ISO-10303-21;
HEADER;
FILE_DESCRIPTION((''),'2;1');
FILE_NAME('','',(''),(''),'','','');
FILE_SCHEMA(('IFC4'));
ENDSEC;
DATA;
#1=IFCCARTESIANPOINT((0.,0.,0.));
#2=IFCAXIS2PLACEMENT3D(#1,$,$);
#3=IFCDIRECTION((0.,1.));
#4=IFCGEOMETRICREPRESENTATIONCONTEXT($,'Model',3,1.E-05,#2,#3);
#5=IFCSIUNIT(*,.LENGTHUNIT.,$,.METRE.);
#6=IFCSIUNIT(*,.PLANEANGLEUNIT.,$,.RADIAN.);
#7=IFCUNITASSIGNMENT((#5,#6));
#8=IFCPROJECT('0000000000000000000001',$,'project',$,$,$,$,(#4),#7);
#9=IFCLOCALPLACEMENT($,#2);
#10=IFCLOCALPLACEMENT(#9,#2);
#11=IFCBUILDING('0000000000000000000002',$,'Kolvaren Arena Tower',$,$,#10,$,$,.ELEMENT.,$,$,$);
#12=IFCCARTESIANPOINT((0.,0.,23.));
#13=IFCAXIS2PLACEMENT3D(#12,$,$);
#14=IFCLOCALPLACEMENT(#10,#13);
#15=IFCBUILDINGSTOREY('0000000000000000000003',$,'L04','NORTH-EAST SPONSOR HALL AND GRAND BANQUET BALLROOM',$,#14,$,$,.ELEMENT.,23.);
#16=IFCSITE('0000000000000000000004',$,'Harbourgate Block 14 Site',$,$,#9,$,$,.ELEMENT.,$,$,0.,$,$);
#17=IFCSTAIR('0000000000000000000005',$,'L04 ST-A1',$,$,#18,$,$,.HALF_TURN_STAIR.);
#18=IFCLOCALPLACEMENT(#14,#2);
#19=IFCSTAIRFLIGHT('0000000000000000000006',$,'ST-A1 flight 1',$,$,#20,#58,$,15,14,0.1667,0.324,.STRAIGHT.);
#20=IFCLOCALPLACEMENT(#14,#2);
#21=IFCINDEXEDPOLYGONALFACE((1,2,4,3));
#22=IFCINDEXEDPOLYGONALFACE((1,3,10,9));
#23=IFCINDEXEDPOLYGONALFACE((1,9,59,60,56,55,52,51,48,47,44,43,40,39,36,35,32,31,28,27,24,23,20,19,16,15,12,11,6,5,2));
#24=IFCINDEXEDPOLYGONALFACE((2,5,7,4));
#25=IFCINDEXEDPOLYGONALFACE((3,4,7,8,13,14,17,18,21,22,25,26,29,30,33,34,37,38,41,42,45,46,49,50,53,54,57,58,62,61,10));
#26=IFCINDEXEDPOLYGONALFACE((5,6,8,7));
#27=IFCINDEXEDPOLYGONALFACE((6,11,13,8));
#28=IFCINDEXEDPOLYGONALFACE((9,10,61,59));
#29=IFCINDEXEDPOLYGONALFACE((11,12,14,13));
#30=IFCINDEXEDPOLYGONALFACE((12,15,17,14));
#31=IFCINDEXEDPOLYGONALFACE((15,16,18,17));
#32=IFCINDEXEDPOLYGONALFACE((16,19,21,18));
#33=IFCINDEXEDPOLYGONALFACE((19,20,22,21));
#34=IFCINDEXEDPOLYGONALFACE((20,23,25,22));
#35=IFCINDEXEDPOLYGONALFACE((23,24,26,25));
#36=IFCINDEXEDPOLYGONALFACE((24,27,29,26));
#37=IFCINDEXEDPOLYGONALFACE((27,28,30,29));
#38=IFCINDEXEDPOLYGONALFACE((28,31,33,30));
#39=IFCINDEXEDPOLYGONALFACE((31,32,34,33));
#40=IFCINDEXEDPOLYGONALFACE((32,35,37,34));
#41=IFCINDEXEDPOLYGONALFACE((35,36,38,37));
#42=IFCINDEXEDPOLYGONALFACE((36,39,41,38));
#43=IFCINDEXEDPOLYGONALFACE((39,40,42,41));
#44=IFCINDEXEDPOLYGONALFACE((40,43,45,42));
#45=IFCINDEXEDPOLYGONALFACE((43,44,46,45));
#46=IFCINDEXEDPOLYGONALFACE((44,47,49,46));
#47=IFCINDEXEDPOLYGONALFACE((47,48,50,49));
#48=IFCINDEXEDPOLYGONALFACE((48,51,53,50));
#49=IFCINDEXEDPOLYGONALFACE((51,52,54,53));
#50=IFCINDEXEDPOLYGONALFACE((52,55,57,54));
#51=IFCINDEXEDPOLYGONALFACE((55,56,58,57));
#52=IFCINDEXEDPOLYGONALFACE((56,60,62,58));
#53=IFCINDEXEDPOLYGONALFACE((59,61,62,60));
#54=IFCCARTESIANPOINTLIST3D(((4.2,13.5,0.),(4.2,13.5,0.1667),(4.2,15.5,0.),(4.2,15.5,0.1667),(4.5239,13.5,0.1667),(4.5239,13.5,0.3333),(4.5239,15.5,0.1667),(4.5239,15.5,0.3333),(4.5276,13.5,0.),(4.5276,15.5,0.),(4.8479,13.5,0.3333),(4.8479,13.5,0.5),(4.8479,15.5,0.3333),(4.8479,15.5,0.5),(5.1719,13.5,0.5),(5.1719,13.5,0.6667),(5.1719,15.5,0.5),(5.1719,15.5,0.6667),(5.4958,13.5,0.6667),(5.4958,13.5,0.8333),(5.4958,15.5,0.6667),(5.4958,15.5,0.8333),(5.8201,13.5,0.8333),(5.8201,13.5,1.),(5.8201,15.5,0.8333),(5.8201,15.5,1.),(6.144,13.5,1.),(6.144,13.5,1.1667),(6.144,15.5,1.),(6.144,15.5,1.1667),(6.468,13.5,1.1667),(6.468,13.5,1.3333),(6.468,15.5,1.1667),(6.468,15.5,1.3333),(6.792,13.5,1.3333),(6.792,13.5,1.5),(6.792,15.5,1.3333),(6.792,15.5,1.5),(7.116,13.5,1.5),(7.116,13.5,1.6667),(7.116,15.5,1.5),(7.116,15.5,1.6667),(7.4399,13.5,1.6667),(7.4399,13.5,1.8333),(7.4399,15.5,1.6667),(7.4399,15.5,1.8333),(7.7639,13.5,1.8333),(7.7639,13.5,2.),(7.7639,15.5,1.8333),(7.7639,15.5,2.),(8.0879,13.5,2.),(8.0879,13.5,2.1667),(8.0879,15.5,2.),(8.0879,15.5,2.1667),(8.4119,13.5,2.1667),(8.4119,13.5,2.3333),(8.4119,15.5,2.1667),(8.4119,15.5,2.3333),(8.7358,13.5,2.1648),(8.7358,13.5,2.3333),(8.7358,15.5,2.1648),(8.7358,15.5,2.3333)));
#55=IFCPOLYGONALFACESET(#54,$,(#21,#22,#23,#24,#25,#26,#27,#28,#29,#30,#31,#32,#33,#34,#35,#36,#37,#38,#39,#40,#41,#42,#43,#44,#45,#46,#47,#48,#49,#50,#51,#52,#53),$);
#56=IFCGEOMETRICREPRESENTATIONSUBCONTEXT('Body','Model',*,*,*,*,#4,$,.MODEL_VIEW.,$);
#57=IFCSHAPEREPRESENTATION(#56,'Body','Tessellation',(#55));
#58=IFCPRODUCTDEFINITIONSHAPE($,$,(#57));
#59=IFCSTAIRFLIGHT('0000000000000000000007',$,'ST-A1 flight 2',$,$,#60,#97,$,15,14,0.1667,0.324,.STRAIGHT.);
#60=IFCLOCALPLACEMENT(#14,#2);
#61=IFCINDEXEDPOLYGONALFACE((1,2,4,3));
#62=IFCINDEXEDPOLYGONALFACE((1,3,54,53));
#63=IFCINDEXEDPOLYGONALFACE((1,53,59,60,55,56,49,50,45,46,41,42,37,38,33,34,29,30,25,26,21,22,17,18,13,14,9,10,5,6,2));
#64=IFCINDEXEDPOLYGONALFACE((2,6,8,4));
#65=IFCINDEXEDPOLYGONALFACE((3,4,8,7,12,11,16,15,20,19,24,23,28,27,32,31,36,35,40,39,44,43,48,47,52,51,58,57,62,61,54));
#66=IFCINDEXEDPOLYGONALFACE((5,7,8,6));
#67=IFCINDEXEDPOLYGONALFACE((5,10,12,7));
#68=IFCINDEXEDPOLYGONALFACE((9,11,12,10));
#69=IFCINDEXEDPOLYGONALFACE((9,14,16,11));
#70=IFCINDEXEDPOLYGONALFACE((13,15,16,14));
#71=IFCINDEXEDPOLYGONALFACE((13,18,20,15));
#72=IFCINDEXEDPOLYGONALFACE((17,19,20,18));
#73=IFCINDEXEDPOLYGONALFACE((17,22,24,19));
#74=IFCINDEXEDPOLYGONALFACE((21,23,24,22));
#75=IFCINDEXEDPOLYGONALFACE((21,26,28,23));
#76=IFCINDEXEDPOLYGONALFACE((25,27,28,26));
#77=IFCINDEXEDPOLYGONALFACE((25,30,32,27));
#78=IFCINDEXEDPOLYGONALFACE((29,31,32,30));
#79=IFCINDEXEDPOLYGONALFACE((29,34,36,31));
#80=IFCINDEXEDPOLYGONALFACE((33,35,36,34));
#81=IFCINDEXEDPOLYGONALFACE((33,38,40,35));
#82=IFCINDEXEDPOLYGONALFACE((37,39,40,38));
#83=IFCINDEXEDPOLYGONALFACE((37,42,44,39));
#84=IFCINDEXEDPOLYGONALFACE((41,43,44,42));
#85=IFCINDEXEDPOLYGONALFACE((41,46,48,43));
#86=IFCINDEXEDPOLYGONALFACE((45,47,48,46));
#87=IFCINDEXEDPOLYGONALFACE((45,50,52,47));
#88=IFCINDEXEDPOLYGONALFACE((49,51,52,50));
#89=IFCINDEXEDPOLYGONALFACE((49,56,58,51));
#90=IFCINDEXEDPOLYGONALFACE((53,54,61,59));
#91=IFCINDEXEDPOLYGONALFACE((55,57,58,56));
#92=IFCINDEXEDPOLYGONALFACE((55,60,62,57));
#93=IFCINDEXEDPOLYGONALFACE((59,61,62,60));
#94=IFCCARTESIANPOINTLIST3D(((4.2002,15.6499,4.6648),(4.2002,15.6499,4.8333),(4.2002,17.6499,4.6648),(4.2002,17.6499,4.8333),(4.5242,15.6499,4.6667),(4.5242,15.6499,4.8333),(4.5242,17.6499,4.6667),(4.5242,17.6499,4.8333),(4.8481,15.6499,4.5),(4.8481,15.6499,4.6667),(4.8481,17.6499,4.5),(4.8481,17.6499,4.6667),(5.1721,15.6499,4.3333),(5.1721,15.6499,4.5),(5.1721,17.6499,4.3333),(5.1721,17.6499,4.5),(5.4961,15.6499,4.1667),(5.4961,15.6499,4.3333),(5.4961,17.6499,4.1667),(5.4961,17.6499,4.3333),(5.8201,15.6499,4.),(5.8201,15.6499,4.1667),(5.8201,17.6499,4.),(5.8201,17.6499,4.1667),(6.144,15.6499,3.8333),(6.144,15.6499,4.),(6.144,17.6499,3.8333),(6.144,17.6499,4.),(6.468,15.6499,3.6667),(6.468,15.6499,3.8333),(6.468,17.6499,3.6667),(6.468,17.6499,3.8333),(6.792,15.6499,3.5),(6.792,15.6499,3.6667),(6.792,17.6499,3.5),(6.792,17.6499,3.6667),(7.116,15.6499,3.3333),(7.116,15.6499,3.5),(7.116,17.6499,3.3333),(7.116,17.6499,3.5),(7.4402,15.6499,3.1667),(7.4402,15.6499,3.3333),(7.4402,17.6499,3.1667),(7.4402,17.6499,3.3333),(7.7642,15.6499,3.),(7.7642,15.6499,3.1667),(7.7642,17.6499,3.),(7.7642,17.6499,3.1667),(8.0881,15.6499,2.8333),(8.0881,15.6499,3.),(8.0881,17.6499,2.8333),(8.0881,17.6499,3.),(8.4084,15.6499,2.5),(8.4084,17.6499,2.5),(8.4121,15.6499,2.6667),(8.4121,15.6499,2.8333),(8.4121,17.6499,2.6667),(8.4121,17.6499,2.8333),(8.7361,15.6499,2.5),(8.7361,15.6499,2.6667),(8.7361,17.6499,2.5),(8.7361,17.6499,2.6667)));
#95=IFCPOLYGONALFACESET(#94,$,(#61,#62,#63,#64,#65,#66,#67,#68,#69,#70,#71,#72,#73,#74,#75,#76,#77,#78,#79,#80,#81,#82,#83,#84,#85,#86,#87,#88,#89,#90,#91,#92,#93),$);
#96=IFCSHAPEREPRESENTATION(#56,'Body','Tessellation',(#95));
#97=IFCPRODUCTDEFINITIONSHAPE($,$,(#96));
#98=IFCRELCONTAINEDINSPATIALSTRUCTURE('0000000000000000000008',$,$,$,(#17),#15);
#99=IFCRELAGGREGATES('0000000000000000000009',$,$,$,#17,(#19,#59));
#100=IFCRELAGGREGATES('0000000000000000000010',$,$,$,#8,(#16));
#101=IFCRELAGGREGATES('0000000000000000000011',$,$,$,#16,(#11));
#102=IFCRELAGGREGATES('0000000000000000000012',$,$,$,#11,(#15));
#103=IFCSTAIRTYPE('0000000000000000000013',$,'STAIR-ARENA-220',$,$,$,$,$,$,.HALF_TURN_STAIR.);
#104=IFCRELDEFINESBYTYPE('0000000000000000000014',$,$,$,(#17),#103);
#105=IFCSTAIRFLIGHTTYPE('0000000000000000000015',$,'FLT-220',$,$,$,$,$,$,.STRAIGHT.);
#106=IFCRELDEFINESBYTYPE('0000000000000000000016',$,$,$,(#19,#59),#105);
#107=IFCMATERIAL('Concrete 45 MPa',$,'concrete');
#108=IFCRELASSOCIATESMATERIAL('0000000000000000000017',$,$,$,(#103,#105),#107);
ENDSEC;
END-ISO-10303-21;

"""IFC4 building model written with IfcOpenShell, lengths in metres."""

from ifc_helpers import new_model, si_unit, direction, frame, origin, place, context, subcontext, project, spatial, polyline, outline, extrude, material, type_object, element, aggregate, save


model = new_model("IFC4")

# Units and contexts
model_context = context("Model", 3, precision=1e-05, world=origin(), true_north=direction((0.0, 1.0)))
body_context = subcontext(model_context, "Body", "Model", "MODEL_VIEW")
ifc_project = project(units=[si_unit("LENGTHUNIT", "METRE"), si_unit("PLANEANGLEUNIT", "RADIAN")], contexts=[model_context])

# Site, building, storey
site_placement = place(None, origin())
site = spatial("IfcSite", under=ifc_project, at=site_placement, Name="Harbourgate Block 14 Site", CompositionType="ELEMENT", RefElevation=0.0)
building_placement = place(site_placement, origin())
building = spatial("IfcBuilding", under=site, at=building_placement, Name="Kolvaren Arena Tower", CompositionType="ELEMENT")
storey_placement = place(building_placement, frame((0.0, 0.0, 23.0)))
storey = spatial("IfcBuildingStorey", under=building, at=storey_placement, Name="L04", Description="NORTH-EAST SPONSOR HALL AND GRAND BANQUET BALLROOM", CompositionType="ELEMENT", Elevation=23.0)

# Shared definitions
ifc_material_1 = material(Name="Concrete 45 MPa", Category="concrete")

# Stair, stair flights
stair_type = type_object("IfcStairType", Name="STAIR-ARENA-220", PredefinedType="HALF_TURN_STAIR", material=ifc_material_1)
stair_placement = place(storey_placement, origin())
stair = element("IfcStair", 1, at=stair_placement, inside=storey, type_object=stair_type, Name="L04 ST-A1", PredefinedType="HALF_TURN_STAIR")
stair_flight_type = type_object("IfcStairFlightType", Name="FLT-220", PredefinedType="STRAIGHT", material=ifc_material_1)
stair_flight_1_placement = place(storey_placement, frame((4.2, 14.5, 0.0), z_axis=(0.0, 0.0, 1.0), x_axis=(1.0, 0.0, 0.0)))
stair_flight_1 = element("IfcStairFlight", 2, at=stair_flight_1_placement, type_object=stair_flight_type, Name="ST-A1 flight 1", NumberOfRisers=15, NumberOfTreads=14, PredefinedType="STRAIGHT", RiserHeight=0.1667, TreadLength=0.324, context=body_context, shape_type="SweptSolid", body=[
    extrude(outline(polyline([(0.0, 0.0), (0.0, 0.1667), (0.324, 0.1667), (0.324, 0.3333), (0.6479, 0.3333), (0.6479, 0.5), (0.9719, 0.5), (0.9719, 0.6667), (1.2959, 0.6667), (1.2959, 0.8333), (1.6201, 0.8333), (1.6201, 1.0), (1.9441, 1.0), (1.9441, 1.1667), (2.2681, 1.1667), (2.2681, 1.3333), (2.592, 1.3333), (2.592, 1.5), (2.916, 1.5), (2.916, 1.6667), (3.24, 1.6667), (3.24, 1.8333), (3.564, 1.8333), (3.564, 2.0), (3.8879, 2.0), (3.8879, 2.1667), (4.2119, 2.1667), (4.2119, 2.3333), (4.5359, 2.3333), (4.5359, 2.5), (4.5359, 2.1648), (0.3276, 0.0), (0.0, 0.0)])), frame((0.0, 1.0, 0.0), z_axis=(0.0, -1.0, 0.0), x_axis=(1.0, 0.0, 0.0)), (0.0, 0.0, 1.0), 2.0),
])
stair_flight_2_placement = place(storey_placement, frame((8.7361, 16.6499, 2.5), z_axis=(0.0, 0.0, 1.0), x_axis=(-1.0, 0.0, 0.0)))
stair_flight_2 = element("IfcStairFlight", 3, at=stair_flight_2_placement, type_object=stair_flight_type, Name="ST-A1 flight 2", NumberOfRisers=15, NumberOfTreads=14, PredefinedType="STRAIGHT", RiserHeight=0.1667, TreadLength=0.324, context=body_context, shape_type="SweptSolid", body=[
    extrude(outline(polyline([(0.0, 0.0), (0.0, 0.1667), (0.324, 0.1667), (0.324, 0.3333), (0.6479, 0.3333), (0.6479, 0.5), (0.9719, 0.5), (0.9719, 0.6667), (1.2959, 0.6667), (1.2959, 0.8333), (1.6201, 0.8333), (1.6201, 1.0), (1.9441, 1.0), (1.9441, 1.1667), (2.2681, 1.1667), (2.2681, 1.3333), (2.592, 1.3333), (2.592, 1.5), (2.916, 1.5), (2.916, 1.6667), (3.24, 1.6667), (3.24, 1.8333), (3.564, 1.8333), (3.564, 2.0), (3.8879, 2.0), (3.8879, 2.1667), (4.2119, 2.1667), (4.2119, 2.3333), (4.5359, 2.3333), (4.5359, 2.5), (4.5359, 2.1648), (0.3276, 0.0), (0.0, 0.0)])), frame((0.0, 1.0, 0.0), z_axis=(0.0, -1.0, 0.0), x_axis=(1.0, 0.0, 0.0)), (0.0, 0.0, 1.0), 2.0),
])
aggregate(stair, [stair_flight_1, stair_flight_2])

save(model, "model.ifc")
